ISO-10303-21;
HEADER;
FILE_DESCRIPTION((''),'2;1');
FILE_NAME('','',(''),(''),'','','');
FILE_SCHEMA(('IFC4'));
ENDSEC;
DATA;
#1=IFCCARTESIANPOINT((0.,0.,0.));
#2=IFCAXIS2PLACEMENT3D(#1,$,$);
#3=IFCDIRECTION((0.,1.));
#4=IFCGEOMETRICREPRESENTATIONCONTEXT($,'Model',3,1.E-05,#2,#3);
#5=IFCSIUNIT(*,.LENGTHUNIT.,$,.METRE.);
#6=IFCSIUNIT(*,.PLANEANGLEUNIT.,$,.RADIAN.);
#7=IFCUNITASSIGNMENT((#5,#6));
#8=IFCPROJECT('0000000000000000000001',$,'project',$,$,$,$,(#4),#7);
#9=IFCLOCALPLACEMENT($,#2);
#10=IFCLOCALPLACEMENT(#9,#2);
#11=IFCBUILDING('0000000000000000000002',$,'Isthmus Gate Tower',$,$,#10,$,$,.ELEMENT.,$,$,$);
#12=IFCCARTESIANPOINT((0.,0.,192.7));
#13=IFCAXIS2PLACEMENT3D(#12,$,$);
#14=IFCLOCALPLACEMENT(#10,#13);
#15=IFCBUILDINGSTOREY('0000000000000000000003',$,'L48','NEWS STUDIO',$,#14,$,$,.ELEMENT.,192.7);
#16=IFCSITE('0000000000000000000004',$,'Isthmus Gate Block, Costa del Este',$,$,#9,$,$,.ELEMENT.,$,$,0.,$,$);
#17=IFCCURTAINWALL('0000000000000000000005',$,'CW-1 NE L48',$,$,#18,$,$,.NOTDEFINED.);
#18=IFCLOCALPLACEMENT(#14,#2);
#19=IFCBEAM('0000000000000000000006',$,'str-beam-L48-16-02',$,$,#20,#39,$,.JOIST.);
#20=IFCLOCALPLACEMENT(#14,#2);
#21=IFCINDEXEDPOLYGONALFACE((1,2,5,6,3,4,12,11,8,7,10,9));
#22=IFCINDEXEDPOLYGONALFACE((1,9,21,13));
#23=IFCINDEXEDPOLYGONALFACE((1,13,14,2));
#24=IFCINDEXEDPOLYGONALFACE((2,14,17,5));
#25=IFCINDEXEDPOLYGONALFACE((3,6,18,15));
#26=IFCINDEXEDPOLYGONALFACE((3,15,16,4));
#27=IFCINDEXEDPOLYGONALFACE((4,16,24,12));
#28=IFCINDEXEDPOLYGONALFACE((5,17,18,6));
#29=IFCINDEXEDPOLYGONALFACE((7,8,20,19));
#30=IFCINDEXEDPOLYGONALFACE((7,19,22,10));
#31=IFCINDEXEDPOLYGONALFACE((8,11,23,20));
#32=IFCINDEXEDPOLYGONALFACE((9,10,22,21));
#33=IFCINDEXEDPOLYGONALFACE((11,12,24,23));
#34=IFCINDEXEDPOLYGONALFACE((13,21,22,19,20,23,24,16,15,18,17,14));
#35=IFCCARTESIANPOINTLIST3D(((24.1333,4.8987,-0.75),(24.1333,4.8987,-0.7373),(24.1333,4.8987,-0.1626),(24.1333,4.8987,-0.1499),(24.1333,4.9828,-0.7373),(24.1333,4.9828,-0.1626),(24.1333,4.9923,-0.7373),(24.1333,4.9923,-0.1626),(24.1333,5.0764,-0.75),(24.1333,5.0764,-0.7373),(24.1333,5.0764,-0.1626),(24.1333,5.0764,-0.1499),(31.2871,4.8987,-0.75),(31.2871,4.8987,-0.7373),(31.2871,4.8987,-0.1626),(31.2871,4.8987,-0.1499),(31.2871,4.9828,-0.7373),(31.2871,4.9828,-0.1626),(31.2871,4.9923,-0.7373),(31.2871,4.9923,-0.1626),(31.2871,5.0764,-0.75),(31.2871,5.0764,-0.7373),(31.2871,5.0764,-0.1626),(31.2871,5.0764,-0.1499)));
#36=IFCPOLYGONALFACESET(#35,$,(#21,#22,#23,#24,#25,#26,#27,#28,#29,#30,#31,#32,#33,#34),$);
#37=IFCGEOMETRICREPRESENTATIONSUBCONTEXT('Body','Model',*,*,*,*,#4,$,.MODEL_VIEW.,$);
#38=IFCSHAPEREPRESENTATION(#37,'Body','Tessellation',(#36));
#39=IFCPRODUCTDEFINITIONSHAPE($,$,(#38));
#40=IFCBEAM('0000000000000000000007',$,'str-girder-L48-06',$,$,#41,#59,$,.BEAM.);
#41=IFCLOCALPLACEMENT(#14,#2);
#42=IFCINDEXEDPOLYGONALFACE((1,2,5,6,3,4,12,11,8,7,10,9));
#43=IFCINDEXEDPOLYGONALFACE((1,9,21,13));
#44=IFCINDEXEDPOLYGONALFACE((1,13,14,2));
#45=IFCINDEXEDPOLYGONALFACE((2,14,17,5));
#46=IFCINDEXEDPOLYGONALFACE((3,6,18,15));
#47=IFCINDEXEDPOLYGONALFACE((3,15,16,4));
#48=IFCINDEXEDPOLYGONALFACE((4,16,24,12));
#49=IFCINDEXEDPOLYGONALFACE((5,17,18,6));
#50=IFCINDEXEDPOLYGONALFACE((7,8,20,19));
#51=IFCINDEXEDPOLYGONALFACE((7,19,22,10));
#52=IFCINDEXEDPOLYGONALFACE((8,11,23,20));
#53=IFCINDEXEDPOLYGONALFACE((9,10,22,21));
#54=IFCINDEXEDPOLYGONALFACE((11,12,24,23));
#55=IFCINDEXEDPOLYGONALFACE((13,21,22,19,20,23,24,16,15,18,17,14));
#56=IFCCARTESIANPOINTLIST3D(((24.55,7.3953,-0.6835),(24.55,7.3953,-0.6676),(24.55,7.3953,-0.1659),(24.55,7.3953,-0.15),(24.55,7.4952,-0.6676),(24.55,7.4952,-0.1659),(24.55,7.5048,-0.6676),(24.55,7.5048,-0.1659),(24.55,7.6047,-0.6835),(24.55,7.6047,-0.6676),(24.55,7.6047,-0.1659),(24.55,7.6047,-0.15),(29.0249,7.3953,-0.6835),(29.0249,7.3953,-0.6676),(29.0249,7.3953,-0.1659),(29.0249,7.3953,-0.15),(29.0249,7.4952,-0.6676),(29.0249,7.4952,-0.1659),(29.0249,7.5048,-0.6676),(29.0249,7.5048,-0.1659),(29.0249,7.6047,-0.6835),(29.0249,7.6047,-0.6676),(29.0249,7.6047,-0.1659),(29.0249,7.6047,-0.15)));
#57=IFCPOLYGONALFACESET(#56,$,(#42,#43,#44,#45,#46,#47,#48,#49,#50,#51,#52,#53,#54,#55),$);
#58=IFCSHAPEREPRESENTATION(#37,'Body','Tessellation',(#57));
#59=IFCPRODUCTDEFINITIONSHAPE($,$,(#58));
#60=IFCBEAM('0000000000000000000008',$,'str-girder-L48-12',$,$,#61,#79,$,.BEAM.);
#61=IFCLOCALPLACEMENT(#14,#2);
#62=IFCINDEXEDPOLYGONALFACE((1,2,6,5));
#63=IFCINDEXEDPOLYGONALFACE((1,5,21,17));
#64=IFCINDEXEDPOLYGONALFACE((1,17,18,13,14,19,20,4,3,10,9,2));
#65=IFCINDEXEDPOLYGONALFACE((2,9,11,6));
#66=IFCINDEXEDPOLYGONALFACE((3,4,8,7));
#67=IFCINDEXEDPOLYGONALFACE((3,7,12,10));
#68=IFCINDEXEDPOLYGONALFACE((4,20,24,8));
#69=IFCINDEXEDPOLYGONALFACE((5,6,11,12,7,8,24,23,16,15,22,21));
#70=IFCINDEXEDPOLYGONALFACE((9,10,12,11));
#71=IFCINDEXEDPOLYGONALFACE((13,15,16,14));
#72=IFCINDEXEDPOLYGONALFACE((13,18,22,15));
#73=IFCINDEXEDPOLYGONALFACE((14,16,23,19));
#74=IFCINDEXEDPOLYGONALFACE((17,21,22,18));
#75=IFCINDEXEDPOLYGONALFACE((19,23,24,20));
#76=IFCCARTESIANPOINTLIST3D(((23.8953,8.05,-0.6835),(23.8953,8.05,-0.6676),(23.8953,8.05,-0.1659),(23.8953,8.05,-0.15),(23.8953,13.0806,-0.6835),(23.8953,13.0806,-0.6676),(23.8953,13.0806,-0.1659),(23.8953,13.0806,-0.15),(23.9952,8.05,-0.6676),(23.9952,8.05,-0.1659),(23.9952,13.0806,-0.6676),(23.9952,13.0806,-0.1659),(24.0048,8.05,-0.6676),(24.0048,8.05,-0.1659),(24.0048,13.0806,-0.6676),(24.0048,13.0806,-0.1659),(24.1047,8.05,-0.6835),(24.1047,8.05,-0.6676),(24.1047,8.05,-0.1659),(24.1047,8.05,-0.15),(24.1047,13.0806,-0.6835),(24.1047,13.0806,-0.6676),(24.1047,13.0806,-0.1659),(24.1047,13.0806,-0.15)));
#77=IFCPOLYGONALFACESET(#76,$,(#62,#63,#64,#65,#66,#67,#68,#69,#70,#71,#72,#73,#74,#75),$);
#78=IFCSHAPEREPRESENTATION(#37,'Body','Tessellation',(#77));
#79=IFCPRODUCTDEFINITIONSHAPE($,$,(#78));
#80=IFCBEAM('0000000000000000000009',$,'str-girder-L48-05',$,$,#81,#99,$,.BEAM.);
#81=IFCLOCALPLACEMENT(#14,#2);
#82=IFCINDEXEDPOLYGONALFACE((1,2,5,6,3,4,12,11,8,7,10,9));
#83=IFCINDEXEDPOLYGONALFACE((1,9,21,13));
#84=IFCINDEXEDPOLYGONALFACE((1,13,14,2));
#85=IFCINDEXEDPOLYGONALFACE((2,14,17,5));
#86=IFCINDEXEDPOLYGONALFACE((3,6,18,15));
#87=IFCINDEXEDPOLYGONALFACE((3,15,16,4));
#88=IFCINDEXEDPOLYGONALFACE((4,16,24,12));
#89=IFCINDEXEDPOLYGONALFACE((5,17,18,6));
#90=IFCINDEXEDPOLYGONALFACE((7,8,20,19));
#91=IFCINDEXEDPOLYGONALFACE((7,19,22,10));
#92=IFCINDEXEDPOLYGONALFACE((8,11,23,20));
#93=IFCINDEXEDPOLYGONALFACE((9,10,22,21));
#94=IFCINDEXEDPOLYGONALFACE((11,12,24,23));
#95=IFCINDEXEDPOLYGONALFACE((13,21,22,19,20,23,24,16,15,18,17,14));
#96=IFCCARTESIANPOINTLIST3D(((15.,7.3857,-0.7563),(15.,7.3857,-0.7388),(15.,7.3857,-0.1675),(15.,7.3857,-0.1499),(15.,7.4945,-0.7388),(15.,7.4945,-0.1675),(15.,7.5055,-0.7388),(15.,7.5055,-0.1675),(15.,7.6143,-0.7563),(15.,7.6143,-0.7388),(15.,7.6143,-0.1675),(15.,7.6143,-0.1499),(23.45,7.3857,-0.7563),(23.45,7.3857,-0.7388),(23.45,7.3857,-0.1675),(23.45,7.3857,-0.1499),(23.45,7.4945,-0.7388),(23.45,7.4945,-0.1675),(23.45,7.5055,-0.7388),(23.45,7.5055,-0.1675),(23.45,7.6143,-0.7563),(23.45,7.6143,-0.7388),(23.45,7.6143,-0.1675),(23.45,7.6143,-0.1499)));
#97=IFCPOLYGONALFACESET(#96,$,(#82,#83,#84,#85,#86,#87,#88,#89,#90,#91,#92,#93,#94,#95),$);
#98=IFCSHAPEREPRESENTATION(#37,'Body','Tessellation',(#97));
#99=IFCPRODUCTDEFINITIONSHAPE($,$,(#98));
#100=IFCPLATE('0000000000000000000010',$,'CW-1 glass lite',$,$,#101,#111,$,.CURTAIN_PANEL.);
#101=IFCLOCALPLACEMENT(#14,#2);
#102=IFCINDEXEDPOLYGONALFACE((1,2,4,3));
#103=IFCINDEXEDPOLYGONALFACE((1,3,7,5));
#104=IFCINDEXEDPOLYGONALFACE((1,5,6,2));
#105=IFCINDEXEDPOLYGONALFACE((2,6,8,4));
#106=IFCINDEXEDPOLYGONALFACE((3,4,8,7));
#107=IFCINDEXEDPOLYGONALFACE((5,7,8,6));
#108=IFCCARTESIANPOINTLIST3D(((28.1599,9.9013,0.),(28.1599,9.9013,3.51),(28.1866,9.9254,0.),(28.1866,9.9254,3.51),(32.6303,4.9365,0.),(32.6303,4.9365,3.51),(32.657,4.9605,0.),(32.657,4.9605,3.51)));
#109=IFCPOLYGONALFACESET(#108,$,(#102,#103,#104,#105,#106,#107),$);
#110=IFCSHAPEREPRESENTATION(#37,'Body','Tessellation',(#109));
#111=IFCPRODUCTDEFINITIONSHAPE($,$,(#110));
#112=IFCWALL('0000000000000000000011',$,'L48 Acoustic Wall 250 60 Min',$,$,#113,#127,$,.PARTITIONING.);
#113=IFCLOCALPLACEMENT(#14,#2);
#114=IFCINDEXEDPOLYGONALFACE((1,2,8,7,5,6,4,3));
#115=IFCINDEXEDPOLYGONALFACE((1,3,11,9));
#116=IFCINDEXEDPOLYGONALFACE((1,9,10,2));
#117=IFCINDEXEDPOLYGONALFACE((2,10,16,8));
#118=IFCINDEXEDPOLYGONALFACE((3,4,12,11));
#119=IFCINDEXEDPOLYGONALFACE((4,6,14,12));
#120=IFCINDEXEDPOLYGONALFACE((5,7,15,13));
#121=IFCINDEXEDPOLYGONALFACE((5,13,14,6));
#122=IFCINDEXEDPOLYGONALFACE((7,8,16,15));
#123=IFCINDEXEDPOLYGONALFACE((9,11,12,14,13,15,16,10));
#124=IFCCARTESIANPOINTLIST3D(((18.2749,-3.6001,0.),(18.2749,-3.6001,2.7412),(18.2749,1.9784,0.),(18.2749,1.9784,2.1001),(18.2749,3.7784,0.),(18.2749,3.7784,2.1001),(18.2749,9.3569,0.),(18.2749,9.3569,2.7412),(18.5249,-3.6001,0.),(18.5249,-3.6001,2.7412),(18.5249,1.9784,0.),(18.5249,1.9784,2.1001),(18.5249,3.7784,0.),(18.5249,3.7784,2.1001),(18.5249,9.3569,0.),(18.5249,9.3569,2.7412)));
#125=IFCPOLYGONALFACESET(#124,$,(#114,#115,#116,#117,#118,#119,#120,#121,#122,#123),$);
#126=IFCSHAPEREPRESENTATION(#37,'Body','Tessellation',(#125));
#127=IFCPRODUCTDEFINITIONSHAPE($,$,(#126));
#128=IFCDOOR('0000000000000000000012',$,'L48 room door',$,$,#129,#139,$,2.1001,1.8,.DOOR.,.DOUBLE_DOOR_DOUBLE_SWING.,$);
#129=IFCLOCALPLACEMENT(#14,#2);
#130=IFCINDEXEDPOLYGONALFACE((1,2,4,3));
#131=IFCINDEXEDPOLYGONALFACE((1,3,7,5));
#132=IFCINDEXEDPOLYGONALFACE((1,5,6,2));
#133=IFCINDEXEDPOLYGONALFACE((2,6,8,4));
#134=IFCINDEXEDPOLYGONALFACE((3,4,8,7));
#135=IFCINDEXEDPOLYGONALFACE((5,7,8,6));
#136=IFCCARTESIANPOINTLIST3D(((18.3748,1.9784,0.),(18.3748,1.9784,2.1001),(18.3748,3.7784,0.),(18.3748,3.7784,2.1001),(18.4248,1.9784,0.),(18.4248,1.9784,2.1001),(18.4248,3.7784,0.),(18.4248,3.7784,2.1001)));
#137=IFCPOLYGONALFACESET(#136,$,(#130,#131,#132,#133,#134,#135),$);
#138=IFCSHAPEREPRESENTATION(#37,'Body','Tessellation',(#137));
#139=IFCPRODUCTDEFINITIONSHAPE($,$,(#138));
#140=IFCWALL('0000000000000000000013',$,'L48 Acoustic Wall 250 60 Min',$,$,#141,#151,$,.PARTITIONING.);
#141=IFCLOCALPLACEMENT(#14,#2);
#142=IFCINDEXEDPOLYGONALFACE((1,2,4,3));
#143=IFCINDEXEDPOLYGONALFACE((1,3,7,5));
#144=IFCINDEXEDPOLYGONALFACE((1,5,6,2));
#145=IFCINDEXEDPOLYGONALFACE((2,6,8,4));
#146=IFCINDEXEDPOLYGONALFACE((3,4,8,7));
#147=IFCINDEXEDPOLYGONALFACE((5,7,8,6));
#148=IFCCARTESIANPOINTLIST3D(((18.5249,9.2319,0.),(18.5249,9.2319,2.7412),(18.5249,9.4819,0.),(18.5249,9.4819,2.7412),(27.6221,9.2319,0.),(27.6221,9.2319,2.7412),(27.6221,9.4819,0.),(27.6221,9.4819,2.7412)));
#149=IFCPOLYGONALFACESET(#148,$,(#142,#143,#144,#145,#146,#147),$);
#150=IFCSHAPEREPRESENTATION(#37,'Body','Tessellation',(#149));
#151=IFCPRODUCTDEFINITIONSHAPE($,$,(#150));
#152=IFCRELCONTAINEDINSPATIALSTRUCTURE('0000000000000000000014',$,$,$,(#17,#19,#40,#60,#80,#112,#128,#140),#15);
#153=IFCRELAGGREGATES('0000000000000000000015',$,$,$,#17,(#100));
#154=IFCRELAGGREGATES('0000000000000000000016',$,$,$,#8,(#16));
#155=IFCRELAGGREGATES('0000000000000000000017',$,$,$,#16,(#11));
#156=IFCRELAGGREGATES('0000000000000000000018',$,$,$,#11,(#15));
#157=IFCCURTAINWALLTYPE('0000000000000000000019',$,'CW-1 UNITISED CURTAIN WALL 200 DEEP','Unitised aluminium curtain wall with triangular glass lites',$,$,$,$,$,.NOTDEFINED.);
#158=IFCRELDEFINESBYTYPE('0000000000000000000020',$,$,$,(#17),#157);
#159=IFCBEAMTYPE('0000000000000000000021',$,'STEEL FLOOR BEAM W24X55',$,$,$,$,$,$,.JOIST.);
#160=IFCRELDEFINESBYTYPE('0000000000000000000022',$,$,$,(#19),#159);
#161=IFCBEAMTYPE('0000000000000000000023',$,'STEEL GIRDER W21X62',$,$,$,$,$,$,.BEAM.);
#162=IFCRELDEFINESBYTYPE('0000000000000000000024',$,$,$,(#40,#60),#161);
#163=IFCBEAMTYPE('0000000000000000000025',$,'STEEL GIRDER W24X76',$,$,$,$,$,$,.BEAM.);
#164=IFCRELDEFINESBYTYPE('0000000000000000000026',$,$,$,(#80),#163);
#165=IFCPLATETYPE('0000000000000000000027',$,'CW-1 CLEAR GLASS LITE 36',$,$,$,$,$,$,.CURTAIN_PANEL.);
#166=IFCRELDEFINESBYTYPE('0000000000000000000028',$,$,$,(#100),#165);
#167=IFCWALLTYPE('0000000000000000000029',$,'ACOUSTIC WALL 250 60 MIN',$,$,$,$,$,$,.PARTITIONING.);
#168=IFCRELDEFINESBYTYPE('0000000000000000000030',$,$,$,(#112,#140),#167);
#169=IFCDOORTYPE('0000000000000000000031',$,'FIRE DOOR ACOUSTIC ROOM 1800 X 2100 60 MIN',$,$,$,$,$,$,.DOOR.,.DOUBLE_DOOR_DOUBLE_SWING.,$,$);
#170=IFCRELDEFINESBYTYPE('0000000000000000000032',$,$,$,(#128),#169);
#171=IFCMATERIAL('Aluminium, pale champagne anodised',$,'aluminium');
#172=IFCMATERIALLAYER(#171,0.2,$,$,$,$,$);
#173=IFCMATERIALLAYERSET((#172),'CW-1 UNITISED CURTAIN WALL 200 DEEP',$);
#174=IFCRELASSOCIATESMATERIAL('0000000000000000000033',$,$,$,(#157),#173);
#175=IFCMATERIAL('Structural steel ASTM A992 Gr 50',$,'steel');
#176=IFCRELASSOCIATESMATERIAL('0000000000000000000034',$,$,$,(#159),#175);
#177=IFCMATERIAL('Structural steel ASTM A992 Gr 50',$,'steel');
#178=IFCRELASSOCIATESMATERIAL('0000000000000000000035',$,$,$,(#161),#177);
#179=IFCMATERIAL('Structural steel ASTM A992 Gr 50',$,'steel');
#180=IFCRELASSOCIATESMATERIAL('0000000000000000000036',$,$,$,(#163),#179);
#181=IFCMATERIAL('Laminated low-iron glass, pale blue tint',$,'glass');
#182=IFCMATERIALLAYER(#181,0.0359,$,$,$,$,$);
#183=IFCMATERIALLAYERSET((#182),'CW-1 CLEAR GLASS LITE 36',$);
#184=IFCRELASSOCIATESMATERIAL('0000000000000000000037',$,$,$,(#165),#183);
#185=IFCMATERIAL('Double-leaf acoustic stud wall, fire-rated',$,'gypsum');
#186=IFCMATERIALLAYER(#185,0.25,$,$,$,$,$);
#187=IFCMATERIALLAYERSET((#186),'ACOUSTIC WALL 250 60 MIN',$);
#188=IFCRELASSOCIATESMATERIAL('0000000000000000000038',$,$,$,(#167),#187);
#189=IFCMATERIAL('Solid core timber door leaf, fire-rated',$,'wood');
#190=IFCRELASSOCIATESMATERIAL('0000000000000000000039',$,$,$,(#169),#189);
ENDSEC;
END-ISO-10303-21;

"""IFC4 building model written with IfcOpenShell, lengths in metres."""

from ifc_helpers import new_model, si_unit, direction, frame, frame_2d, origin, origin_2d, place, context, subcontext, project, spatial, rectangle, i_section, extrude, material, layer, layer_set, material_profile, profile_set, type_object, element, fill, aggregate, save


model = new_model("IFC4")

# Units and contexts
model_context = context("Model", 3, precision=1e-05, world=origin(), true_north=direction((0.0, 1.0)))
body_context = subcontext(model_context, "Body", "Model", "MODEL_VIEW")
ifc_project = project(units=[si_unit("LENGTHUNIT", "METRE"), si_unit("PLANEANGLEUNIT", "RADIAN")], contexts=[model_context])

# Site, building, storey
site_placement = place(None, origin())
site = spatial("IfcSite", under=ifc_project, at=site_placement, Name="Isthmus Gate Block, Costa del Este", CompositionType="ELEMENT", RefElevation=0.0)
building_placement = place(site_placement, origin())
building = spatial("IfcBuilding", under=site, at=building_placement, Name="Isthmus Gate Tower", CompositionType="ELEMENT")
storey_placement = place(building_placement, frame((0.0, 0.0, 192.7)))
storey = spatial("IfcBuildingStorey", under=building, at=storey_placement, Name="L48", Description="NEWS STUDIO", CompositionType="ELEMENT", Elevation=192.7)

# Curtain wall
ifc_material_1 = material(Name="Aluminium, pale champagne anodised", Category="aluminium")
ifc_layer_1 = layer(ifc_material_1, 0.2)
ifc_layer_set_1 = layer_set([ifc_layer_1], Name="CW-1 UNITISED CURTAIN WALL 200 DEEP")
curtain_wall_type = type_object("IfcCurtainWallType", Name="CW-1 UNITISED CURTAIN WALL 200 DEEP", Description="Unitised aluminium curtain wall with triangular glass lites", PredefinedType="NOTDEFINED", material=ifc_layer_set_1)
curtain_wall_placement = place(storey_placement, origin())
curtain_wall = element("IfcCurtainWall", 1, at=curtain_wall_placement, inside=storey, type_object=curtain_wall_type, Name="CW-1 NE L48", PredefinedType="NOTDEFINED")

# Beams
ifc_material_2 = material(Name="Structural steel ASTM A992 Gr 50", Category="steel")
ifc_material_profile_1 = material_profile(ifc_material_2, i_section(OverallWidth=0.1777, OverallDepth=0.6001, WebThickness=0.0095, FlangeThickness=0.0127, at=origin_2d()), Name="W24X55")
ifc_profile_set_1 = profile_set([ifc_material_profile_1], Name="Structural steel ASTM A992 Gr 50")
beam_type_1 = type_object("IfcBeamType", Name="STEEL FLOOR BEAM W24X55", PredefinedType="JOIST", material=ifc_profile_set_1)
beam_1_placement = place(storey_placement, frame((24.1333, 4.9875, -0.45), z_axis=(1.0, 0.0, 0.0), x_axis=(0.0, 1.0, 0.0)))
element("IfcBeam", 2, at=beam_1_placement, inside=storey, type_object=beam_type_1, Name="str-beam-L48-16-02", PredefinedType="JOIST", context=body_context, shape_type="SweptSolid", body=[
    extrude(i_section(OverallWidth=0.1777, OverallDepth=0.6001, WebThickness=0.0095, FlangeThickness=0.0127, at=origin_2d()), origin(), (0.0, 0.0, 1.0), 7.1538),
])
ifc_material_3 = material(Name="Structural steel ASTM A992 Gr 50", Category="steel")
ifc_material_profile_2 = material_profile(ifc_material_3, i_section(OverallWidth=0.2095, OverallDepth=0.5334, WebThickness=0.0095, FlangeThickness=0.0159, at=origin_2d()), Name="W21X62")
ifc_profile_set_2 = profile_set([ifc_material_profile_2], Name="Structural steel ASTM A992 Gr 50")
beam_type_2 = type_object("IfcBeamType", Name="STEEL GIRDER W21X62", PredefinedType="BEAM", material=ifc_profile_set_2)
beam_2_placement = place(storey_placement, frame((24.55, 7.5, -0.4167), z_axis=(1.0, 0.0, 0.0), x_axis=(0.0, 1.0, 0.0)))
element("IfcBeam", 3, at=beam_2_placement, inside=storey, type_object=beam_type_2, Name="str-girder-L48-06", PredefinedType="BEAM", context=body_context, shape_type="SweptSolid", body=[
    extrude(i_section(OverallWidth=0.2095, OverallDepth=0.5334, WebThickness=0.0095, FlangeThickness=0.0159, at=origin_2d()), origin(), (0.0, 0.0, 1.0), 4.4749),
])
beam_3_placement = place(storey_placement, frame((24.0, 8.05, -0.4167), z_axis=(0.0, 1.0, 0.0), x_axis=(-1.0, 0.0, 0.0)))
element("IfcBeam", 4, at=beam_3_placement, inside=storey, type_object=beam_type_2, Name="str-girder-L48-12", PredefinedType="BEAM", context=body_context, shape_type="SweptSolid", body=[
    extrude(i_section(OverallWidth=0.2095, OverallDepth=0.5334, WebThickness=0.0095, FlangeThickness=0.0159, at=origin_2d()), origin(), (0.0, 0.0, 1.0), 5.0305),
])
ifc_material_4 = material(Name="Structural steel ASTM A992 Gr 50", Category="steel")
ifc_material_profile_3 = material_profile(ifc_material_4, i_section(OverallWidth=0.2285, OverallDepth=0.6064, WebThickness=0.011, FlangeThickness=0.0176, at=origin_2d()), Name="W24X76")
ifc_profile_set_3 = profile_set([ifc_material_profile_3], Name="Structural steel ASTM A992 Gr 50")
beam_type_3 = type_object("IfcBeamType", Name="STEEL GIRDER W24X76", PredefinedType="BEAM", material=ifc_profile_set_3)
beam_4_placement = place(storey_placement, frame((15.0, 7.5, -0.4531), z_axis=(1.0, 0.0, 0.0), x_axis=(0.0, 1.0, 0.0)))
element("IfcBeam", 5, at=beam_4_placement, inside=storey, type_object=beam_type_3, Name="str-girder-L48-05", PredefinedType="BEAM", context=body_context, shape_type="SweptSolid", body=[
    extrude(i_section(OverallWidth=0.2285, OverallDepth=0.6064, WebThickness=0.011, FlangeThickness=0.0176, at=origin_2d()), origin(), (0.0, 0.0, 1.0), 8.45),
])

# Plate
ifc_material_5 = material(Name="Laminated low-iron glass, pale blue tint", Category="glass")
ifc_layer_2 = layer(ifc_material_5, 0.0359)
ifc_layer_set_2 = layer_set([ifc_layer_2], Name="CW-1 CLEAR GLASS LITE 36")
plate_type = type_object("IfcPlateType", Name="CW-1 CLEAR GLASS LITE 36", PredefinedType="CURTAIN_PANEL", material=ifc_layer_set_2)
plate_placement = place(storey_placement, frame((30.4084, 7.4309, 0.0), z_axis=(0.0, 0.0, 1.0), x_axis=(-0.669131, 0.743145, 0.0)))
plate = element("IfcPlate", 6, at=plate_placement, type_object=plate_type, Name="CW-1 glass lite", PredefinedType="CURTAIN_PANEL", context=body_context, shape_type="SweptSolid", body=[
    extrude(rectangle(XDim=6.6809, YDim=0.0359, at=origin_2d()), origin(), (0.0, 0.0, 1.0), 3.51),
])
aggregate(curtain_wall, [plate])

# Wall, opening, door
ifc_material_6 = material(Name="Double-leaf acoustic stud wall, fire-rated", Category="gypsum")
ifc_layer_3 = layer(ifc_material_6, 0.25)
ifc_layer_set_3 = layer_set([ifc_layer_3], Name="ACOUSTIC WALL 250 60 MIN")
wall_type = type_object("IfcWallType", Name="ACOUSTIC WALL 250 60 MIN", PredefinedType="PARTITIONING", material=ifc_layer_set_3)
wall_1_placement = place(storey_placement, frame((18.3999, 9.3569, 0.0), z_axis=(0.0, 0.0, 1.0), x_axis=(0.0, -1.0, 0.0)))
wall_1 = element("IfcWall", 7, at=wall_1_placement, inside=storey, type_object=wall_type, Name="L48 Acoustic Wall 250 60 Min", PredefinedType="PARTITIONING", context=body_context, shape_type="SweptSolid", body=[
    extrude(rectangle(XDim=12.957, YDim=0.25, at=frame_2d((6.4785, 0.0))), origin(), (0.0, 0.0, 1.0), 2.7412),
])
opening_placement = place(wall_1_placement, frame((5.5786, 0.0, 0.0)))
opening = element("IfcOpeningElement", 8, at=opening_placement, cuts=wall_1, PredefinedType="OPENING", context=body_context, shape_type="SweptSolid", body=[
    extrude(rectangle(XDim=1.8, YDim=2.1001, at=frame_2d((0.8999, 1.05))), frame((0.0, 0.135, 0.0), z_axis=(0.0, -1.0, 0.0), x_axis=(1.0, 0.0, 0.0)), (0.0, 0.0, 1.0), 0.27),
])
ifc_material_7 = material(Name="Solid core timber door leaf, fire-rated", Category="wood")
door_type = type_object("IfcDoorType", Name="FIRE DOOR ACOUSTIC ROOM 1800 X 2100 60 MIN", OperationType="DOUBLE_DOOR_DOUBLE_SWING", PredefinedType="DOOR", material=ifc_material_7)
door_placement = place(opening_placement, origin())
door = element("IfcDoor", 9, at=door_placement, inside=storey, type_object=door_type, Name="L48 room door", OperationType="DOUBLE_DOOR_DOUBLE_SWING", OverallHeight=2.1001, OverallWidth=1.8, PredefinedType="DOOR", context=body_context, shape_type="SweptSolid", body=[
    extrude(rectangle(XDim=1.8, YDim=2.1001, at=frame_2d((0.8999, 1.05))), frame((0.0, 0.0249, 0.0), z_axis=(0.0, -1.0, 0.0), x_axis=(1.0, 0.0, 0.0)), (0.0, 0.0, 1.0), 0.05),
])
fill(opening, door)

# Wall
wall_2_placement = place(storey_placement, frame((18.5249, 9.3569, 0.0), z_axis=(0.0, 0.0, 1.0), x_axis=(1.0, 0.0, 0.0)))
element("IfcWall", 10, at=wall_2_placement, inside=storey, type_object=wall_type, Name="L48 Acoustic Wall 250 60 Min", PredefinedType="PARTITIONING", context=body_context, shape_type="SweptSolid", body=[
    extrude(rectangle(XDim=9.0972, YDim=0.25, at=frame_2d((4.5486, 0.0))), origin(), (0.0, 0.0, 1.0), 2.7412),
])

save(model, "model.ifc")
